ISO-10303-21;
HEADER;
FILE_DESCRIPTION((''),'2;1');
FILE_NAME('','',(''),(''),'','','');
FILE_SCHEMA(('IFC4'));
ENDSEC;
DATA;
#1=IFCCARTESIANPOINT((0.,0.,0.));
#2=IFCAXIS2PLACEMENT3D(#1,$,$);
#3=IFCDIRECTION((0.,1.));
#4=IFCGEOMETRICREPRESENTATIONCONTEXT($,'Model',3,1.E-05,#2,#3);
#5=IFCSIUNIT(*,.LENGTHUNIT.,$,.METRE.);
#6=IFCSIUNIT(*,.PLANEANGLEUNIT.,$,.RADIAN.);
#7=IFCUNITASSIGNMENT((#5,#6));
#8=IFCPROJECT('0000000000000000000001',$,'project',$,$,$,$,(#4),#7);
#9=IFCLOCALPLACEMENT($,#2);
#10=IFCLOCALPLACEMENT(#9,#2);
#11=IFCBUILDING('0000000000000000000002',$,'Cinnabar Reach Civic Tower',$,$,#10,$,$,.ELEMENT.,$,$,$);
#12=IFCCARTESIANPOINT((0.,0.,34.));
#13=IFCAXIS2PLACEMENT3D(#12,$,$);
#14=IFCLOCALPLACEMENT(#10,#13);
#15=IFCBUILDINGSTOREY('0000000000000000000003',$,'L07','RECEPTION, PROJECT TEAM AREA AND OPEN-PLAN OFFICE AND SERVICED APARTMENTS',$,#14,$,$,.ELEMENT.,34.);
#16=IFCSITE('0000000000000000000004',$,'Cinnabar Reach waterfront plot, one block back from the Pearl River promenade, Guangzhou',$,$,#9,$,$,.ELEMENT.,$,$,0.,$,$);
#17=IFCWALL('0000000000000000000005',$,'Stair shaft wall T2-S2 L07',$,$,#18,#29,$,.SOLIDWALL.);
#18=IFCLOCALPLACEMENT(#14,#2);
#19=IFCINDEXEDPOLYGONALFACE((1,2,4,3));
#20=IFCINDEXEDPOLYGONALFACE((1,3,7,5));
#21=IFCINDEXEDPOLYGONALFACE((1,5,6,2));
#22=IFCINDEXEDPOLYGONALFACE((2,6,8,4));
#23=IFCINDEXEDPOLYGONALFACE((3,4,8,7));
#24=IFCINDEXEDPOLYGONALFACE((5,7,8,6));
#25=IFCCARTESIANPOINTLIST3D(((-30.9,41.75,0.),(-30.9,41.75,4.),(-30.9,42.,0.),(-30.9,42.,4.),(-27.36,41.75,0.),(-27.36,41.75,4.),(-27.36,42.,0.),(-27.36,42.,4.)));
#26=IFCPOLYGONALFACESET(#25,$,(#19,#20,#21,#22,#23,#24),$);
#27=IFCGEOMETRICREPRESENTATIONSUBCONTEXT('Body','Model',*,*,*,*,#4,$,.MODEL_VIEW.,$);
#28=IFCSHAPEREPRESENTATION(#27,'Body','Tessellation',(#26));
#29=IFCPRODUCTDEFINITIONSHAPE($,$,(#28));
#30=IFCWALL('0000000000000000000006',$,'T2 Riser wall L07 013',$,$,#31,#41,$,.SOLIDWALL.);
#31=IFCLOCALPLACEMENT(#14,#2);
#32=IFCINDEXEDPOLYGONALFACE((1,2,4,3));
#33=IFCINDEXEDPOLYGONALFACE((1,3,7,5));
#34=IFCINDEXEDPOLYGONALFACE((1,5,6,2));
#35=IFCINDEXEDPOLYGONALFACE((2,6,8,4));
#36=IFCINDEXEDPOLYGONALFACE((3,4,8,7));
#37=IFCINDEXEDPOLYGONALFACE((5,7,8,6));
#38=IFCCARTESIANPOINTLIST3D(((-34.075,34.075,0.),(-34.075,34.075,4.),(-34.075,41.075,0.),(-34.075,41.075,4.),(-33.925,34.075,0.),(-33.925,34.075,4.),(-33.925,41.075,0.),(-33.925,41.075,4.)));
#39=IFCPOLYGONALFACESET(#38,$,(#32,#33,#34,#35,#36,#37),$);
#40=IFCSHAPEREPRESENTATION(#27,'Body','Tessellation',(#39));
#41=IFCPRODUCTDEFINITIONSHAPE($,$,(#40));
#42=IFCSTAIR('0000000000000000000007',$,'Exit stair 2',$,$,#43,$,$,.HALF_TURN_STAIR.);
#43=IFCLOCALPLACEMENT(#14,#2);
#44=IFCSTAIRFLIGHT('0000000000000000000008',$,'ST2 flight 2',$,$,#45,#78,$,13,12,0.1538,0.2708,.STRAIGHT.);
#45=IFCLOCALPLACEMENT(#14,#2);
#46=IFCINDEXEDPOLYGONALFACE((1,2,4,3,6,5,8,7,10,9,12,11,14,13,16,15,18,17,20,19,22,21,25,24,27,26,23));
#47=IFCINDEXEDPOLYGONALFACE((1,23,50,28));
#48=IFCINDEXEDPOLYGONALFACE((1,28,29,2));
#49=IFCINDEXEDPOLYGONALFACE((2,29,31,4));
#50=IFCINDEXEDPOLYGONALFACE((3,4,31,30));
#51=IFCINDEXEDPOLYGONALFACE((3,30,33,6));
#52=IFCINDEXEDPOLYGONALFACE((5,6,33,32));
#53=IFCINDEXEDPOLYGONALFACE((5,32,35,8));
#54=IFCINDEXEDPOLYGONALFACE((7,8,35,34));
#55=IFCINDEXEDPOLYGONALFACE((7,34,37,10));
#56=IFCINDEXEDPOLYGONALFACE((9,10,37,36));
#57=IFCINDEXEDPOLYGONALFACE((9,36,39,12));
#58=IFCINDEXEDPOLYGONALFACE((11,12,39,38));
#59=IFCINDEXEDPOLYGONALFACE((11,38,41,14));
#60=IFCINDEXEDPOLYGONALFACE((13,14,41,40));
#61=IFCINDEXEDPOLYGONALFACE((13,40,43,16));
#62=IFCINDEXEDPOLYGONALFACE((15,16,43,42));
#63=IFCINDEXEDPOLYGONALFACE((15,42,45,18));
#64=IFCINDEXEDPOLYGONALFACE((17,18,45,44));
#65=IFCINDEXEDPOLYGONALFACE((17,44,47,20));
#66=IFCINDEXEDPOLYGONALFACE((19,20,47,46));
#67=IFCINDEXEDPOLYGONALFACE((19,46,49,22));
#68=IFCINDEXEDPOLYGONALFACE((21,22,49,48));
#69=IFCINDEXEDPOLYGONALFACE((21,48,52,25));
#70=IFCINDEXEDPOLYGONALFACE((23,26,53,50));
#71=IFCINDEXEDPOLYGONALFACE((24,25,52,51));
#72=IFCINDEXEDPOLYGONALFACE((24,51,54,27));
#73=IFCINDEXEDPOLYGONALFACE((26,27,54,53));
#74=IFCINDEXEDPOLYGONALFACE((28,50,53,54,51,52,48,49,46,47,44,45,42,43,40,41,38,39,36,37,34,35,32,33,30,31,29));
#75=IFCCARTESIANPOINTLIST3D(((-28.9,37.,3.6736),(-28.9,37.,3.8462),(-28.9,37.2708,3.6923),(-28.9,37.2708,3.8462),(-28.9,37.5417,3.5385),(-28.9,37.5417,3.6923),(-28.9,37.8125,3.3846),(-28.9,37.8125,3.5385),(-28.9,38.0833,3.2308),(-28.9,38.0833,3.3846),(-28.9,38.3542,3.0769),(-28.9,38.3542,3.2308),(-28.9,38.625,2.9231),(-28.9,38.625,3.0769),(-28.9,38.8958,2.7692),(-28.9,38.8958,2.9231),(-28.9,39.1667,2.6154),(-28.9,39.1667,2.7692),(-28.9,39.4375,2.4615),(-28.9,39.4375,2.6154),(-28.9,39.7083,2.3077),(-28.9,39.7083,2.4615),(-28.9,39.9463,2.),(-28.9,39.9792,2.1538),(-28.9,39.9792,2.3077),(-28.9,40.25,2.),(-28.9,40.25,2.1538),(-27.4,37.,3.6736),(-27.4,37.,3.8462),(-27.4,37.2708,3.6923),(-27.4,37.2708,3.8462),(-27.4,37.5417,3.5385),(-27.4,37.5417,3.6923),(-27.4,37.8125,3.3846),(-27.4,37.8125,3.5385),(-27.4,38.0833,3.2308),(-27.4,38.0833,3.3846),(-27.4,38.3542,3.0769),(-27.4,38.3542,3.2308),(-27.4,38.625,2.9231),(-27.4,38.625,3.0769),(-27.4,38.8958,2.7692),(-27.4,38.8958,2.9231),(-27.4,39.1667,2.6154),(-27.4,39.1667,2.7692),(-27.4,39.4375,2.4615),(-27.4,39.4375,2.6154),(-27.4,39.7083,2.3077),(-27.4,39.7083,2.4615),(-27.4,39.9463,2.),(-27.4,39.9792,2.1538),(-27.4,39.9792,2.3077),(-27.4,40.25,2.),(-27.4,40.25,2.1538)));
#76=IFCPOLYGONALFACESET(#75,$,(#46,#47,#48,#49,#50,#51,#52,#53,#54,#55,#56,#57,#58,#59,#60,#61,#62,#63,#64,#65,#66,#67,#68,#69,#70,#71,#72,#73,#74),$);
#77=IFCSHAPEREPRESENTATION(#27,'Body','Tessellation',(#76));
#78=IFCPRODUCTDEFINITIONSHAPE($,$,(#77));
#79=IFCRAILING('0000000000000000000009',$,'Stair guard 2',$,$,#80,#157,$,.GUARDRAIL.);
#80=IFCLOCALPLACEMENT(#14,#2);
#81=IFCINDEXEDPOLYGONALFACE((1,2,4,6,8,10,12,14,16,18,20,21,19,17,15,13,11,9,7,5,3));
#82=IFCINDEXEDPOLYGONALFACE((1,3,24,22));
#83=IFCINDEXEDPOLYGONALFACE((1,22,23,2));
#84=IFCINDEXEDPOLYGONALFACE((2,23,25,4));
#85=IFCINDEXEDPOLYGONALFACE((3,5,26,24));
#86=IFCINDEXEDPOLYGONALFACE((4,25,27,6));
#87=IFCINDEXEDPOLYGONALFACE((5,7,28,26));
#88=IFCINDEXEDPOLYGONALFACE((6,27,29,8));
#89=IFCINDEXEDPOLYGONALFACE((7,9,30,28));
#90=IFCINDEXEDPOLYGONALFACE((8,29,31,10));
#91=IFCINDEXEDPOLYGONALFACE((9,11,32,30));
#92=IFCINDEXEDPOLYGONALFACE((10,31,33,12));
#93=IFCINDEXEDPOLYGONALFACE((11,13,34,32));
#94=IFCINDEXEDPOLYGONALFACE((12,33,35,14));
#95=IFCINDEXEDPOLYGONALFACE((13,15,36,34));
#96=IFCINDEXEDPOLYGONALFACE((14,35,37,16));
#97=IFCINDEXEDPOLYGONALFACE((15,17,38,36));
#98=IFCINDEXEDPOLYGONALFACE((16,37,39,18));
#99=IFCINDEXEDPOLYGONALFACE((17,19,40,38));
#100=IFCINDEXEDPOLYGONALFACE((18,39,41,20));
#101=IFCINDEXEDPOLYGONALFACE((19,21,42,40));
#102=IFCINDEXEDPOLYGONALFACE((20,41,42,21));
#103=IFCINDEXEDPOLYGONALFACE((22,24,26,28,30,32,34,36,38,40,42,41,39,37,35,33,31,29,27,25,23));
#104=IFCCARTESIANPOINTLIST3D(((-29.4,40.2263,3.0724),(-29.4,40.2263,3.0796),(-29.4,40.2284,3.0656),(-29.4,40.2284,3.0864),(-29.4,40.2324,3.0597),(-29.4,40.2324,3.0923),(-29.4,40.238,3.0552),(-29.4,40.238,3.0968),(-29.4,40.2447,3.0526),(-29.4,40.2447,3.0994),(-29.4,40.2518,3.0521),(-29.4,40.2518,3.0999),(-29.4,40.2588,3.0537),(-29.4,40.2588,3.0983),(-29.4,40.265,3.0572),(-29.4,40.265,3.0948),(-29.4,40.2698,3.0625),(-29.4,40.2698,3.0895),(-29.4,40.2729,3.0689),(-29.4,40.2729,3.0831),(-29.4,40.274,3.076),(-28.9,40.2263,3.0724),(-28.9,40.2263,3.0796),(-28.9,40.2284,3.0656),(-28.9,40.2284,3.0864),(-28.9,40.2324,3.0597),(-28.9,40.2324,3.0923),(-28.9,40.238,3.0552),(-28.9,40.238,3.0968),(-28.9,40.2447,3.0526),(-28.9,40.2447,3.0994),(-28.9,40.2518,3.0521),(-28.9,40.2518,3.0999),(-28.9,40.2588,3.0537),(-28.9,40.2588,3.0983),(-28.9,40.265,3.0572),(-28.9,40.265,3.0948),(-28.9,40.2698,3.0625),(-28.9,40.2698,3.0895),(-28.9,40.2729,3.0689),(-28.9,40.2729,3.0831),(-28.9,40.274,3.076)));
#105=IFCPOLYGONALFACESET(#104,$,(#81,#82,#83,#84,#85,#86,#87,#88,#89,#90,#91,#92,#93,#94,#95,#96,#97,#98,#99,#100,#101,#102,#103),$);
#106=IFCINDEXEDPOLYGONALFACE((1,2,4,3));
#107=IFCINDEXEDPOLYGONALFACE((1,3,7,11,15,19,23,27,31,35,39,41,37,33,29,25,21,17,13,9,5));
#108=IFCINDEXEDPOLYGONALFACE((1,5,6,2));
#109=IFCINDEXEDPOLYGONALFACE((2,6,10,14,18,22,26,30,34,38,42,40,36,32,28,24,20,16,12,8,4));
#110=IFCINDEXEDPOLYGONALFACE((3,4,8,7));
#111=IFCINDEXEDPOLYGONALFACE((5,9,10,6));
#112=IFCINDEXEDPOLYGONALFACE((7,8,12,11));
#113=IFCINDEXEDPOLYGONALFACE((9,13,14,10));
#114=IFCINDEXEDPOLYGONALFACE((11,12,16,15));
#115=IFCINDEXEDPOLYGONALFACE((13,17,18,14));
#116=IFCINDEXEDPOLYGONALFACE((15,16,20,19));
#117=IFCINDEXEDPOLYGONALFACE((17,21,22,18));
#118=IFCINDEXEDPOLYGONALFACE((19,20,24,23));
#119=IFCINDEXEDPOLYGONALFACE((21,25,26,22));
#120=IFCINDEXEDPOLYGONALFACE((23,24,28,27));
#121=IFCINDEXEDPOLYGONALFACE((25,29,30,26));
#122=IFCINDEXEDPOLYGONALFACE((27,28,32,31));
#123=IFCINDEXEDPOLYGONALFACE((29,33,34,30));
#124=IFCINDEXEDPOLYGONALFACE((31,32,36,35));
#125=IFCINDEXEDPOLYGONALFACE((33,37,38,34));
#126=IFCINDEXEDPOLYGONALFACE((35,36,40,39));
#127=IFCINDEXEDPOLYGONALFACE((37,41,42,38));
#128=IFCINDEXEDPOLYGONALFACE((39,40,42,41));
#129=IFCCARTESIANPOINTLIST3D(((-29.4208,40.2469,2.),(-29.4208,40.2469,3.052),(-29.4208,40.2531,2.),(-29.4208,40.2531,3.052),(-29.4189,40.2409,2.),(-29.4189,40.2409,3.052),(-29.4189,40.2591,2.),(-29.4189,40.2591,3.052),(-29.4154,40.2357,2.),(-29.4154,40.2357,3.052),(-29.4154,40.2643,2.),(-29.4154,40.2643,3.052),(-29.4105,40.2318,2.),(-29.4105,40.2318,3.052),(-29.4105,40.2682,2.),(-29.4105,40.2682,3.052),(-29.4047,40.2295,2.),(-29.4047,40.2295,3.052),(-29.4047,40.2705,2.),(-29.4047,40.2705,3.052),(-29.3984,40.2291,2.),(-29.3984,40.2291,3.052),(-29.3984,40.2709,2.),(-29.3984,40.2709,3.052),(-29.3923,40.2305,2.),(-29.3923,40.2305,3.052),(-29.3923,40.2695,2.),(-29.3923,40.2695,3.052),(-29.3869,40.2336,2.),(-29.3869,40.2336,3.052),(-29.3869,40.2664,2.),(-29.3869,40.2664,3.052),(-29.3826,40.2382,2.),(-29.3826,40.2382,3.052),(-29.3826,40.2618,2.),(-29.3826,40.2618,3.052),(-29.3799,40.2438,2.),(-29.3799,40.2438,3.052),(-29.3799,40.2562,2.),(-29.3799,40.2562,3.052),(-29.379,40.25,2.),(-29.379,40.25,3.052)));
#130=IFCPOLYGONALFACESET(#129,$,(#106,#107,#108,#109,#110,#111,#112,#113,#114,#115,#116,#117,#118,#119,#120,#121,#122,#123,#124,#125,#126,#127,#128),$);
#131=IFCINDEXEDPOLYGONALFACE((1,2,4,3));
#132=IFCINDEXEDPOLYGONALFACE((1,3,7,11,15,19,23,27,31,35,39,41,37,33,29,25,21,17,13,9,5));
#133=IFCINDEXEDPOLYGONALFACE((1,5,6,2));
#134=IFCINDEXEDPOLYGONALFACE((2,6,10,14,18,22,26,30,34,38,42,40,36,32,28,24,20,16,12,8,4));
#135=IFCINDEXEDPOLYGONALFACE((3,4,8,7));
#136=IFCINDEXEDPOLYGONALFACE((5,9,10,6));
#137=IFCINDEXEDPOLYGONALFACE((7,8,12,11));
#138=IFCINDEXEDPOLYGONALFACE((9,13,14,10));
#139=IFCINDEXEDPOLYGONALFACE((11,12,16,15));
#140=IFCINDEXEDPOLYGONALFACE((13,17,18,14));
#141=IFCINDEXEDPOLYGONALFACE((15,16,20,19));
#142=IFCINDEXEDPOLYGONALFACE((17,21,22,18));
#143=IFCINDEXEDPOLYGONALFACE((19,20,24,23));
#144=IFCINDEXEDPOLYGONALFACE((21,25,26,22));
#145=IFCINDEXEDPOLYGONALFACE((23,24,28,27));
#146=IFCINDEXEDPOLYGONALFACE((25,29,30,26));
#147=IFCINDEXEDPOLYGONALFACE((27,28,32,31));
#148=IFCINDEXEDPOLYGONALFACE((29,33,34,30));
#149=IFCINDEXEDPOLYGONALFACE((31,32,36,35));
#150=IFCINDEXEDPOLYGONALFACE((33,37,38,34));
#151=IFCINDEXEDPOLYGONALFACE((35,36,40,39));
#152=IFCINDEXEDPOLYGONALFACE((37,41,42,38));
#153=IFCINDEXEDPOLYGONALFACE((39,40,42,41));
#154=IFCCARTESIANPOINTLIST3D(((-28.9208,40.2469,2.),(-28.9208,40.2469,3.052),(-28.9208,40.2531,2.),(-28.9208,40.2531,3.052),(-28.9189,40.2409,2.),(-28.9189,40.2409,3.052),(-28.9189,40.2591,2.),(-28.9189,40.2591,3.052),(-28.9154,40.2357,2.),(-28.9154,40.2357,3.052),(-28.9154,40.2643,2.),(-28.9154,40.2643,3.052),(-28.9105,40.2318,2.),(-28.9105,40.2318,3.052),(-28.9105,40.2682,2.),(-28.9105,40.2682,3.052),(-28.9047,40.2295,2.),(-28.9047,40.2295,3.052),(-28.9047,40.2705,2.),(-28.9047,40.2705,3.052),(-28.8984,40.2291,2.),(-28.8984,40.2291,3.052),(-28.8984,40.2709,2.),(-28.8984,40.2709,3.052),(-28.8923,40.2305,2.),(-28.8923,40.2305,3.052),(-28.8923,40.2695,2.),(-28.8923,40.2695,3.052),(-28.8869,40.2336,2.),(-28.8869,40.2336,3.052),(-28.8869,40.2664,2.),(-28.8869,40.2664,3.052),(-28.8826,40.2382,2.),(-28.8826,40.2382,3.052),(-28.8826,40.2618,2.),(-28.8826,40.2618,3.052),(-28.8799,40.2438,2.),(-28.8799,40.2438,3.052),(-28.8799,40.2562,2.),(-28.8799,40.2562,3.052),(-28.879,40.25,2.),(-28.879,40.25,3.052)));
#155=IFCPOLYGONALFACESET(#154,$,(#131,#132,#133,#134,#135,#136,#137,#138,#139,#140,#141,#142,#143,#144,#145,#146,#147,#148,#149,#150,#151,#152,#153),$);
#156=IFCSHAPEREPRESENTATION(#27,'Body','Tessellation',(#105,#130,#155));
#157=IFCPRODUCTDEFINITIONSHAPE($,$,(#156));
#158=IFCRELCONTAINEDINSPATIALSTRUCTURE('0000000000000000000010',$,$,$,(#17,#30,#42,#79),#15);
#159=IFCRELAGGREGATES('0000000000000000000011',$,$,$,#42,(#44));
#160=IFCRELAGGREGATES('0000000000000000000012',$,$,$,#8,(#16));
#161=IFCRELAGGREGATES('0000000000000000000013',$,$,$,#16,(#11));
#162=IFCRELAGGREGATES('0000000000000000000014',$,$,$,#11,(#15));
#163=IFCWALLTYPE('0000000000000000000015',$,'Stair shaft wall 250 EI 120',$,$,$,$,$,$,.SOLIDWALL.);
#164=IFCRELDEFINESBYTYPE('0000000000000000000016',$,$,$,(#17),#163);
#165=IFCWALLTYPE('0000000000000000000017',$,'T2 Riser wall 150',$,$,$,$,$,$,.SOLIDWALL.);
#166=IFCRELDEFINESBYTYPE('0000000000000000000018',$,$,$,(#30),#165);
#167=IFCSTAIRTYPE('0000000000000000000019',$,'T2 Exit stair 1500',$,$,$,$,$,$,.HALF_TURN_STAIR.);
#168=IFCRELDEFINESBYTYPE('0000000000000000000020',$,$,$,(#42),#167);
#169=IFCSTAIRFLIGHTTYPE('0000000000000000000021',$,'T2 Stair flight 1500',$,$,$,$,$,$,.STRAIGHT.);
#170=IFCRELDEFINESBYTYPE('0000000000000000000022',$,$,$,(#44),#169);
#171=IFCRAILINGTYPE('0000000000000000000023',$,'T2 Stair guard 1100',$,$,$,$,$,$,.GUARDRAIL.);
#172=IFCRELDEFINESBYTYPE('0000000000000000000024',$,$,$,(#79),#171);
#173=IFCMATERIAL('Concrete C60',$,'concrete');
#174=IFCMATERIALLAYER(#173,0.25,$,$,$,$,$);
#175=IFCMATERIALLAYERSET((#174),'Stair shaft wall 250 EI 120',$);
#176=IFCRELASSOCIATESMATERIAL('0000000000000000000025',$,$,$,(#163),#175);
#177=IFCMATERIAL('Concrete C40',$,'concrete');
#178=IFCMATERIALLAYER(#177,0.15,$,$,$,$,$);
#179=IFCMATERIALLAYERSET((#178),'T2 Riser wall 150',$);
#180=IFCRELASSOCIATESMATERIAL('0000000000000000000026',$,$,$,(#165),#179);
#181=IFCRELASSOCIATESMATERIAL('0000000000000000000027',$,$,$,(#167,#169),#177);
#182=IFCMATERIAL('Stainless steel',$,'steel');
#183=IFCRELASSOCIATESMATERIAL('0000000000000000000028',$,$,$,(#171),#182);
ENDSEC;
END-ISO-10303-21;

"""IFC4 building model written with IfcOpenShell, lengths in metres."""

from ifc_helpers import new_model, si_unit, direction, frame, frame_2d, origin, origin_2d, place, context, subcontext, project, spatial, polyline, rectangle, circle, outline, extrude, material, layer, layer_set, type_object, element, aggregate, save


model = new_model("IFC4")

# Units and contexts
model_context = context("Model", 3, precision=1e-05, world=origin(), true_north=direction((0.0, 1.0)))
body_context = subcontext(model_context, "Body", "Model", "MODEL_VIEW")
ifc_project = project(units=[si_unit("LENGTHUNIT", "METRE"), si_unit("PLANEANGLEUNIT", "RADIAN")], contexts=[model_context])

# Site, building, storey
site_placement = place(None, origin())
site = spatial("IfcSite", under=ifc_project, at=site_placement, Name="Cinnabar Reach waterfront plot, one block back from the Pearl River promenade, Guangzhou", CompositionType="ELEMENT", RefElevation=0.0)
building_placement = place(site_placement, origin())
building = spatial("IfcBuilding", under=site, at=building_placement, Name="Cinnabar Reach Civic Tower", CompositionType="ELEMENT")
storey_placement = place(building_placement, frame((0.0, 0.0, 34.0)))
storey = spatial("IfcBuildingStorey", under=building, at=storey_placement, Name="L07", Description="RECEPTION, PROJECT TEAM AREA AND OPEN-PLAN OFFICE AND SERVICED APARTMENTS", CompositionType="ELEMENT", Elevation=34.0)

# Shared definitions
ifc_material_1 = material(Name="Concrete C40", Category="concrete")

# Walls
ifc_material_2 = material(Name="Concrete C60", Category="concrete")
ifc_layer_1 = layer(ifc_material_2, 0.25)
ifc_layer_set_1 = layer_set([ifc_layer_1], Name="Stair shaft wall 250 EI 120")
wall_type_1 = type_object("IfcWallType", Name="Stair shaft wall 250 EI 120", PredefinedType="SOLIDWALL", material=ifc_layer_set_1)
wall_1_placement = place(storey_placement, frame((-27.36, 41.875, 0.0), z_axis=(0.0, 0.0, 1.0), x_axis=(-1.0, 0.0, 0.0)))
element("IfcWall", 1, at=wall_1_placement, inside=storey, type_object=wall_type_1, Name="Stair shaft wall T2-S2 L07", PredefinedType="SOLIDWALL", context=body_context, shape_type="SweptSolid", body=[
    extrude(rectangle(XDim=3.54, YDim=0.25, at=frame_2d((1.77, 0.0))), origin(), (0.0, 0.0, 1.0), 4.0),
])
ifc_layer_2 = layer(ifc_material_1, 0.15)
ifc_layer_set_2 = layer_set([ifc_layer_2], Name="T2 Riser wall 150")
wall_type_2 = type_object("IfcWallType", Name="T2 Riser wall 150", PredefinedType="SOLIDWALL", material=ifc_layer_set_2)
wall_2_placement = place(storey_placement, frame((-34.0, 41.075, 0.0), z_axis=(0.0, 0.0, 1.0), x_axis=(0.0, -1.0, 0.0)))
element("IfcWall", 2, at=wall_2_placement, inside=storey, type_object=wall_type_2, Name="T2 Riser wall L07 013", PredefinedType="SOLIDWALL", context=body_context, shape_type="SweptSolid", body=[
    extrude(rectangle(XDim=7.0, YDim=0.15, at=frame_2d((3.5, 0.0))), origin(), (0.0, 0.0, 1.0), 4.0),
])

# Stair, stair flight
stair_type = type_object("IfcStairType", Name="T2 Exit stair 1500", PredefinedType="HALF_TURN_STAIR", material=ifc_material_1)
stair_placement = place(storey_placement, origin())
stair = element("IfcStair", 3, at=stair_placement, inside=storey, type_object=stair_type, Name="Exit stair 2", PredefinedType="HALF_TURN_STAIR")
stair_flight_type = type_object("IfcStairFlightType", Name="T2 Stair flight 1500", PredefinedType="STRAIGHT", material=ifc_material_1)
stair_flight_placement = place(storey_placement, frame((-28.15, 40.25, 2.0), z_axis=(0.0, 0.0, 1.0), x_axis=(0.0, -1.0, 0.0)))
stair_flight = element("IfcStairFlight", 4, at=stair_flight_placement, type_object=stair_flight_type, Name="ST2 flight 2", NumberOfRisers=13, NumberOfTreads=12, PredefinedType="STRAIGHT", RiserHeight=0.1538, TreadLength=0.2708, context=body_context, shape_type="SweptSolid", body=[
    extrude(outline(polyline([(0.0, 0.0), (0.0, 0.1538), (0.2708, 0.1538), (0.2708, 0.3077), (0.5417, 0.3077), (0.5417, 0.4615), (0.8125, 0.4615), (0.8125, 0.6154), (1.0833, 0.6154), (1.0833, 0.7692), (1.3542, 0.7692), (1.3542, 0.9231), (1.625, 0.9231), (1.625, 1.0769), (1.8958, 1.0769), (1.8958, 1.2308), (2.1667, 1.2308), (2.1667, 1.3846), (2.4375, 1.3846), (2.4375, 1.5385), (2.7083, 1.5385), (2.7083, 1.6923), (2.9792, 1.6923), (2.9792, 1.8462), (3.25, 1.8462), (3.25, 2.0), (3.25, 1.6736), (0.3037, 0.0), (0.0, 0.0)])), frame((0.0, 0.75, 0.0), z_axis=(0.0, -1.0, 0.0), x_axis=(1.0, 0.0, 0.0)), (0.0, 0.0, 1.0), 1.5),
])
aggregate(stair, [stair_flight])

# Railing
ifc_material_3 = material(Name="Stainless steel", Category="steel")
railing_type = type_object("IfcRailingType", Name="T2 Stair guard 1100", PredefinedType="GUARDRAIL", material=ifc_material_3)
railing_1_placement = place(storey_placement, frame((-29.4, 40.25, 2.0)))
element("IfcRailing", 5, at=railing_1_placement, inside=storey, type_object=railing_type, Name="Stair guard 2", PredefinedType="GUARDRAIL", context=body_context, shape_type="SweptSolid", body=[
    extrude(circle(Radius=0.024, at=origin_2d()), frame((0.0, 0.0, 1.076), z_axis=(1.0, 0.0, 0.0), x_axis=(0.0, 1.0, 0.0)), (0.0, 0.0, 1.0), 0.5),
    extrude(circle(Radius=0.021, at=origin_2d()), origin(), (0.0, 0.0, 1.0), 1.052),
    extrude(circle(Radius=0.021, at=origin_2d()), frame((0.5, 0.0, 0.0)), (0.0, 0.0, 1.0), 1.052),
])

save(model, "model.ifc")
